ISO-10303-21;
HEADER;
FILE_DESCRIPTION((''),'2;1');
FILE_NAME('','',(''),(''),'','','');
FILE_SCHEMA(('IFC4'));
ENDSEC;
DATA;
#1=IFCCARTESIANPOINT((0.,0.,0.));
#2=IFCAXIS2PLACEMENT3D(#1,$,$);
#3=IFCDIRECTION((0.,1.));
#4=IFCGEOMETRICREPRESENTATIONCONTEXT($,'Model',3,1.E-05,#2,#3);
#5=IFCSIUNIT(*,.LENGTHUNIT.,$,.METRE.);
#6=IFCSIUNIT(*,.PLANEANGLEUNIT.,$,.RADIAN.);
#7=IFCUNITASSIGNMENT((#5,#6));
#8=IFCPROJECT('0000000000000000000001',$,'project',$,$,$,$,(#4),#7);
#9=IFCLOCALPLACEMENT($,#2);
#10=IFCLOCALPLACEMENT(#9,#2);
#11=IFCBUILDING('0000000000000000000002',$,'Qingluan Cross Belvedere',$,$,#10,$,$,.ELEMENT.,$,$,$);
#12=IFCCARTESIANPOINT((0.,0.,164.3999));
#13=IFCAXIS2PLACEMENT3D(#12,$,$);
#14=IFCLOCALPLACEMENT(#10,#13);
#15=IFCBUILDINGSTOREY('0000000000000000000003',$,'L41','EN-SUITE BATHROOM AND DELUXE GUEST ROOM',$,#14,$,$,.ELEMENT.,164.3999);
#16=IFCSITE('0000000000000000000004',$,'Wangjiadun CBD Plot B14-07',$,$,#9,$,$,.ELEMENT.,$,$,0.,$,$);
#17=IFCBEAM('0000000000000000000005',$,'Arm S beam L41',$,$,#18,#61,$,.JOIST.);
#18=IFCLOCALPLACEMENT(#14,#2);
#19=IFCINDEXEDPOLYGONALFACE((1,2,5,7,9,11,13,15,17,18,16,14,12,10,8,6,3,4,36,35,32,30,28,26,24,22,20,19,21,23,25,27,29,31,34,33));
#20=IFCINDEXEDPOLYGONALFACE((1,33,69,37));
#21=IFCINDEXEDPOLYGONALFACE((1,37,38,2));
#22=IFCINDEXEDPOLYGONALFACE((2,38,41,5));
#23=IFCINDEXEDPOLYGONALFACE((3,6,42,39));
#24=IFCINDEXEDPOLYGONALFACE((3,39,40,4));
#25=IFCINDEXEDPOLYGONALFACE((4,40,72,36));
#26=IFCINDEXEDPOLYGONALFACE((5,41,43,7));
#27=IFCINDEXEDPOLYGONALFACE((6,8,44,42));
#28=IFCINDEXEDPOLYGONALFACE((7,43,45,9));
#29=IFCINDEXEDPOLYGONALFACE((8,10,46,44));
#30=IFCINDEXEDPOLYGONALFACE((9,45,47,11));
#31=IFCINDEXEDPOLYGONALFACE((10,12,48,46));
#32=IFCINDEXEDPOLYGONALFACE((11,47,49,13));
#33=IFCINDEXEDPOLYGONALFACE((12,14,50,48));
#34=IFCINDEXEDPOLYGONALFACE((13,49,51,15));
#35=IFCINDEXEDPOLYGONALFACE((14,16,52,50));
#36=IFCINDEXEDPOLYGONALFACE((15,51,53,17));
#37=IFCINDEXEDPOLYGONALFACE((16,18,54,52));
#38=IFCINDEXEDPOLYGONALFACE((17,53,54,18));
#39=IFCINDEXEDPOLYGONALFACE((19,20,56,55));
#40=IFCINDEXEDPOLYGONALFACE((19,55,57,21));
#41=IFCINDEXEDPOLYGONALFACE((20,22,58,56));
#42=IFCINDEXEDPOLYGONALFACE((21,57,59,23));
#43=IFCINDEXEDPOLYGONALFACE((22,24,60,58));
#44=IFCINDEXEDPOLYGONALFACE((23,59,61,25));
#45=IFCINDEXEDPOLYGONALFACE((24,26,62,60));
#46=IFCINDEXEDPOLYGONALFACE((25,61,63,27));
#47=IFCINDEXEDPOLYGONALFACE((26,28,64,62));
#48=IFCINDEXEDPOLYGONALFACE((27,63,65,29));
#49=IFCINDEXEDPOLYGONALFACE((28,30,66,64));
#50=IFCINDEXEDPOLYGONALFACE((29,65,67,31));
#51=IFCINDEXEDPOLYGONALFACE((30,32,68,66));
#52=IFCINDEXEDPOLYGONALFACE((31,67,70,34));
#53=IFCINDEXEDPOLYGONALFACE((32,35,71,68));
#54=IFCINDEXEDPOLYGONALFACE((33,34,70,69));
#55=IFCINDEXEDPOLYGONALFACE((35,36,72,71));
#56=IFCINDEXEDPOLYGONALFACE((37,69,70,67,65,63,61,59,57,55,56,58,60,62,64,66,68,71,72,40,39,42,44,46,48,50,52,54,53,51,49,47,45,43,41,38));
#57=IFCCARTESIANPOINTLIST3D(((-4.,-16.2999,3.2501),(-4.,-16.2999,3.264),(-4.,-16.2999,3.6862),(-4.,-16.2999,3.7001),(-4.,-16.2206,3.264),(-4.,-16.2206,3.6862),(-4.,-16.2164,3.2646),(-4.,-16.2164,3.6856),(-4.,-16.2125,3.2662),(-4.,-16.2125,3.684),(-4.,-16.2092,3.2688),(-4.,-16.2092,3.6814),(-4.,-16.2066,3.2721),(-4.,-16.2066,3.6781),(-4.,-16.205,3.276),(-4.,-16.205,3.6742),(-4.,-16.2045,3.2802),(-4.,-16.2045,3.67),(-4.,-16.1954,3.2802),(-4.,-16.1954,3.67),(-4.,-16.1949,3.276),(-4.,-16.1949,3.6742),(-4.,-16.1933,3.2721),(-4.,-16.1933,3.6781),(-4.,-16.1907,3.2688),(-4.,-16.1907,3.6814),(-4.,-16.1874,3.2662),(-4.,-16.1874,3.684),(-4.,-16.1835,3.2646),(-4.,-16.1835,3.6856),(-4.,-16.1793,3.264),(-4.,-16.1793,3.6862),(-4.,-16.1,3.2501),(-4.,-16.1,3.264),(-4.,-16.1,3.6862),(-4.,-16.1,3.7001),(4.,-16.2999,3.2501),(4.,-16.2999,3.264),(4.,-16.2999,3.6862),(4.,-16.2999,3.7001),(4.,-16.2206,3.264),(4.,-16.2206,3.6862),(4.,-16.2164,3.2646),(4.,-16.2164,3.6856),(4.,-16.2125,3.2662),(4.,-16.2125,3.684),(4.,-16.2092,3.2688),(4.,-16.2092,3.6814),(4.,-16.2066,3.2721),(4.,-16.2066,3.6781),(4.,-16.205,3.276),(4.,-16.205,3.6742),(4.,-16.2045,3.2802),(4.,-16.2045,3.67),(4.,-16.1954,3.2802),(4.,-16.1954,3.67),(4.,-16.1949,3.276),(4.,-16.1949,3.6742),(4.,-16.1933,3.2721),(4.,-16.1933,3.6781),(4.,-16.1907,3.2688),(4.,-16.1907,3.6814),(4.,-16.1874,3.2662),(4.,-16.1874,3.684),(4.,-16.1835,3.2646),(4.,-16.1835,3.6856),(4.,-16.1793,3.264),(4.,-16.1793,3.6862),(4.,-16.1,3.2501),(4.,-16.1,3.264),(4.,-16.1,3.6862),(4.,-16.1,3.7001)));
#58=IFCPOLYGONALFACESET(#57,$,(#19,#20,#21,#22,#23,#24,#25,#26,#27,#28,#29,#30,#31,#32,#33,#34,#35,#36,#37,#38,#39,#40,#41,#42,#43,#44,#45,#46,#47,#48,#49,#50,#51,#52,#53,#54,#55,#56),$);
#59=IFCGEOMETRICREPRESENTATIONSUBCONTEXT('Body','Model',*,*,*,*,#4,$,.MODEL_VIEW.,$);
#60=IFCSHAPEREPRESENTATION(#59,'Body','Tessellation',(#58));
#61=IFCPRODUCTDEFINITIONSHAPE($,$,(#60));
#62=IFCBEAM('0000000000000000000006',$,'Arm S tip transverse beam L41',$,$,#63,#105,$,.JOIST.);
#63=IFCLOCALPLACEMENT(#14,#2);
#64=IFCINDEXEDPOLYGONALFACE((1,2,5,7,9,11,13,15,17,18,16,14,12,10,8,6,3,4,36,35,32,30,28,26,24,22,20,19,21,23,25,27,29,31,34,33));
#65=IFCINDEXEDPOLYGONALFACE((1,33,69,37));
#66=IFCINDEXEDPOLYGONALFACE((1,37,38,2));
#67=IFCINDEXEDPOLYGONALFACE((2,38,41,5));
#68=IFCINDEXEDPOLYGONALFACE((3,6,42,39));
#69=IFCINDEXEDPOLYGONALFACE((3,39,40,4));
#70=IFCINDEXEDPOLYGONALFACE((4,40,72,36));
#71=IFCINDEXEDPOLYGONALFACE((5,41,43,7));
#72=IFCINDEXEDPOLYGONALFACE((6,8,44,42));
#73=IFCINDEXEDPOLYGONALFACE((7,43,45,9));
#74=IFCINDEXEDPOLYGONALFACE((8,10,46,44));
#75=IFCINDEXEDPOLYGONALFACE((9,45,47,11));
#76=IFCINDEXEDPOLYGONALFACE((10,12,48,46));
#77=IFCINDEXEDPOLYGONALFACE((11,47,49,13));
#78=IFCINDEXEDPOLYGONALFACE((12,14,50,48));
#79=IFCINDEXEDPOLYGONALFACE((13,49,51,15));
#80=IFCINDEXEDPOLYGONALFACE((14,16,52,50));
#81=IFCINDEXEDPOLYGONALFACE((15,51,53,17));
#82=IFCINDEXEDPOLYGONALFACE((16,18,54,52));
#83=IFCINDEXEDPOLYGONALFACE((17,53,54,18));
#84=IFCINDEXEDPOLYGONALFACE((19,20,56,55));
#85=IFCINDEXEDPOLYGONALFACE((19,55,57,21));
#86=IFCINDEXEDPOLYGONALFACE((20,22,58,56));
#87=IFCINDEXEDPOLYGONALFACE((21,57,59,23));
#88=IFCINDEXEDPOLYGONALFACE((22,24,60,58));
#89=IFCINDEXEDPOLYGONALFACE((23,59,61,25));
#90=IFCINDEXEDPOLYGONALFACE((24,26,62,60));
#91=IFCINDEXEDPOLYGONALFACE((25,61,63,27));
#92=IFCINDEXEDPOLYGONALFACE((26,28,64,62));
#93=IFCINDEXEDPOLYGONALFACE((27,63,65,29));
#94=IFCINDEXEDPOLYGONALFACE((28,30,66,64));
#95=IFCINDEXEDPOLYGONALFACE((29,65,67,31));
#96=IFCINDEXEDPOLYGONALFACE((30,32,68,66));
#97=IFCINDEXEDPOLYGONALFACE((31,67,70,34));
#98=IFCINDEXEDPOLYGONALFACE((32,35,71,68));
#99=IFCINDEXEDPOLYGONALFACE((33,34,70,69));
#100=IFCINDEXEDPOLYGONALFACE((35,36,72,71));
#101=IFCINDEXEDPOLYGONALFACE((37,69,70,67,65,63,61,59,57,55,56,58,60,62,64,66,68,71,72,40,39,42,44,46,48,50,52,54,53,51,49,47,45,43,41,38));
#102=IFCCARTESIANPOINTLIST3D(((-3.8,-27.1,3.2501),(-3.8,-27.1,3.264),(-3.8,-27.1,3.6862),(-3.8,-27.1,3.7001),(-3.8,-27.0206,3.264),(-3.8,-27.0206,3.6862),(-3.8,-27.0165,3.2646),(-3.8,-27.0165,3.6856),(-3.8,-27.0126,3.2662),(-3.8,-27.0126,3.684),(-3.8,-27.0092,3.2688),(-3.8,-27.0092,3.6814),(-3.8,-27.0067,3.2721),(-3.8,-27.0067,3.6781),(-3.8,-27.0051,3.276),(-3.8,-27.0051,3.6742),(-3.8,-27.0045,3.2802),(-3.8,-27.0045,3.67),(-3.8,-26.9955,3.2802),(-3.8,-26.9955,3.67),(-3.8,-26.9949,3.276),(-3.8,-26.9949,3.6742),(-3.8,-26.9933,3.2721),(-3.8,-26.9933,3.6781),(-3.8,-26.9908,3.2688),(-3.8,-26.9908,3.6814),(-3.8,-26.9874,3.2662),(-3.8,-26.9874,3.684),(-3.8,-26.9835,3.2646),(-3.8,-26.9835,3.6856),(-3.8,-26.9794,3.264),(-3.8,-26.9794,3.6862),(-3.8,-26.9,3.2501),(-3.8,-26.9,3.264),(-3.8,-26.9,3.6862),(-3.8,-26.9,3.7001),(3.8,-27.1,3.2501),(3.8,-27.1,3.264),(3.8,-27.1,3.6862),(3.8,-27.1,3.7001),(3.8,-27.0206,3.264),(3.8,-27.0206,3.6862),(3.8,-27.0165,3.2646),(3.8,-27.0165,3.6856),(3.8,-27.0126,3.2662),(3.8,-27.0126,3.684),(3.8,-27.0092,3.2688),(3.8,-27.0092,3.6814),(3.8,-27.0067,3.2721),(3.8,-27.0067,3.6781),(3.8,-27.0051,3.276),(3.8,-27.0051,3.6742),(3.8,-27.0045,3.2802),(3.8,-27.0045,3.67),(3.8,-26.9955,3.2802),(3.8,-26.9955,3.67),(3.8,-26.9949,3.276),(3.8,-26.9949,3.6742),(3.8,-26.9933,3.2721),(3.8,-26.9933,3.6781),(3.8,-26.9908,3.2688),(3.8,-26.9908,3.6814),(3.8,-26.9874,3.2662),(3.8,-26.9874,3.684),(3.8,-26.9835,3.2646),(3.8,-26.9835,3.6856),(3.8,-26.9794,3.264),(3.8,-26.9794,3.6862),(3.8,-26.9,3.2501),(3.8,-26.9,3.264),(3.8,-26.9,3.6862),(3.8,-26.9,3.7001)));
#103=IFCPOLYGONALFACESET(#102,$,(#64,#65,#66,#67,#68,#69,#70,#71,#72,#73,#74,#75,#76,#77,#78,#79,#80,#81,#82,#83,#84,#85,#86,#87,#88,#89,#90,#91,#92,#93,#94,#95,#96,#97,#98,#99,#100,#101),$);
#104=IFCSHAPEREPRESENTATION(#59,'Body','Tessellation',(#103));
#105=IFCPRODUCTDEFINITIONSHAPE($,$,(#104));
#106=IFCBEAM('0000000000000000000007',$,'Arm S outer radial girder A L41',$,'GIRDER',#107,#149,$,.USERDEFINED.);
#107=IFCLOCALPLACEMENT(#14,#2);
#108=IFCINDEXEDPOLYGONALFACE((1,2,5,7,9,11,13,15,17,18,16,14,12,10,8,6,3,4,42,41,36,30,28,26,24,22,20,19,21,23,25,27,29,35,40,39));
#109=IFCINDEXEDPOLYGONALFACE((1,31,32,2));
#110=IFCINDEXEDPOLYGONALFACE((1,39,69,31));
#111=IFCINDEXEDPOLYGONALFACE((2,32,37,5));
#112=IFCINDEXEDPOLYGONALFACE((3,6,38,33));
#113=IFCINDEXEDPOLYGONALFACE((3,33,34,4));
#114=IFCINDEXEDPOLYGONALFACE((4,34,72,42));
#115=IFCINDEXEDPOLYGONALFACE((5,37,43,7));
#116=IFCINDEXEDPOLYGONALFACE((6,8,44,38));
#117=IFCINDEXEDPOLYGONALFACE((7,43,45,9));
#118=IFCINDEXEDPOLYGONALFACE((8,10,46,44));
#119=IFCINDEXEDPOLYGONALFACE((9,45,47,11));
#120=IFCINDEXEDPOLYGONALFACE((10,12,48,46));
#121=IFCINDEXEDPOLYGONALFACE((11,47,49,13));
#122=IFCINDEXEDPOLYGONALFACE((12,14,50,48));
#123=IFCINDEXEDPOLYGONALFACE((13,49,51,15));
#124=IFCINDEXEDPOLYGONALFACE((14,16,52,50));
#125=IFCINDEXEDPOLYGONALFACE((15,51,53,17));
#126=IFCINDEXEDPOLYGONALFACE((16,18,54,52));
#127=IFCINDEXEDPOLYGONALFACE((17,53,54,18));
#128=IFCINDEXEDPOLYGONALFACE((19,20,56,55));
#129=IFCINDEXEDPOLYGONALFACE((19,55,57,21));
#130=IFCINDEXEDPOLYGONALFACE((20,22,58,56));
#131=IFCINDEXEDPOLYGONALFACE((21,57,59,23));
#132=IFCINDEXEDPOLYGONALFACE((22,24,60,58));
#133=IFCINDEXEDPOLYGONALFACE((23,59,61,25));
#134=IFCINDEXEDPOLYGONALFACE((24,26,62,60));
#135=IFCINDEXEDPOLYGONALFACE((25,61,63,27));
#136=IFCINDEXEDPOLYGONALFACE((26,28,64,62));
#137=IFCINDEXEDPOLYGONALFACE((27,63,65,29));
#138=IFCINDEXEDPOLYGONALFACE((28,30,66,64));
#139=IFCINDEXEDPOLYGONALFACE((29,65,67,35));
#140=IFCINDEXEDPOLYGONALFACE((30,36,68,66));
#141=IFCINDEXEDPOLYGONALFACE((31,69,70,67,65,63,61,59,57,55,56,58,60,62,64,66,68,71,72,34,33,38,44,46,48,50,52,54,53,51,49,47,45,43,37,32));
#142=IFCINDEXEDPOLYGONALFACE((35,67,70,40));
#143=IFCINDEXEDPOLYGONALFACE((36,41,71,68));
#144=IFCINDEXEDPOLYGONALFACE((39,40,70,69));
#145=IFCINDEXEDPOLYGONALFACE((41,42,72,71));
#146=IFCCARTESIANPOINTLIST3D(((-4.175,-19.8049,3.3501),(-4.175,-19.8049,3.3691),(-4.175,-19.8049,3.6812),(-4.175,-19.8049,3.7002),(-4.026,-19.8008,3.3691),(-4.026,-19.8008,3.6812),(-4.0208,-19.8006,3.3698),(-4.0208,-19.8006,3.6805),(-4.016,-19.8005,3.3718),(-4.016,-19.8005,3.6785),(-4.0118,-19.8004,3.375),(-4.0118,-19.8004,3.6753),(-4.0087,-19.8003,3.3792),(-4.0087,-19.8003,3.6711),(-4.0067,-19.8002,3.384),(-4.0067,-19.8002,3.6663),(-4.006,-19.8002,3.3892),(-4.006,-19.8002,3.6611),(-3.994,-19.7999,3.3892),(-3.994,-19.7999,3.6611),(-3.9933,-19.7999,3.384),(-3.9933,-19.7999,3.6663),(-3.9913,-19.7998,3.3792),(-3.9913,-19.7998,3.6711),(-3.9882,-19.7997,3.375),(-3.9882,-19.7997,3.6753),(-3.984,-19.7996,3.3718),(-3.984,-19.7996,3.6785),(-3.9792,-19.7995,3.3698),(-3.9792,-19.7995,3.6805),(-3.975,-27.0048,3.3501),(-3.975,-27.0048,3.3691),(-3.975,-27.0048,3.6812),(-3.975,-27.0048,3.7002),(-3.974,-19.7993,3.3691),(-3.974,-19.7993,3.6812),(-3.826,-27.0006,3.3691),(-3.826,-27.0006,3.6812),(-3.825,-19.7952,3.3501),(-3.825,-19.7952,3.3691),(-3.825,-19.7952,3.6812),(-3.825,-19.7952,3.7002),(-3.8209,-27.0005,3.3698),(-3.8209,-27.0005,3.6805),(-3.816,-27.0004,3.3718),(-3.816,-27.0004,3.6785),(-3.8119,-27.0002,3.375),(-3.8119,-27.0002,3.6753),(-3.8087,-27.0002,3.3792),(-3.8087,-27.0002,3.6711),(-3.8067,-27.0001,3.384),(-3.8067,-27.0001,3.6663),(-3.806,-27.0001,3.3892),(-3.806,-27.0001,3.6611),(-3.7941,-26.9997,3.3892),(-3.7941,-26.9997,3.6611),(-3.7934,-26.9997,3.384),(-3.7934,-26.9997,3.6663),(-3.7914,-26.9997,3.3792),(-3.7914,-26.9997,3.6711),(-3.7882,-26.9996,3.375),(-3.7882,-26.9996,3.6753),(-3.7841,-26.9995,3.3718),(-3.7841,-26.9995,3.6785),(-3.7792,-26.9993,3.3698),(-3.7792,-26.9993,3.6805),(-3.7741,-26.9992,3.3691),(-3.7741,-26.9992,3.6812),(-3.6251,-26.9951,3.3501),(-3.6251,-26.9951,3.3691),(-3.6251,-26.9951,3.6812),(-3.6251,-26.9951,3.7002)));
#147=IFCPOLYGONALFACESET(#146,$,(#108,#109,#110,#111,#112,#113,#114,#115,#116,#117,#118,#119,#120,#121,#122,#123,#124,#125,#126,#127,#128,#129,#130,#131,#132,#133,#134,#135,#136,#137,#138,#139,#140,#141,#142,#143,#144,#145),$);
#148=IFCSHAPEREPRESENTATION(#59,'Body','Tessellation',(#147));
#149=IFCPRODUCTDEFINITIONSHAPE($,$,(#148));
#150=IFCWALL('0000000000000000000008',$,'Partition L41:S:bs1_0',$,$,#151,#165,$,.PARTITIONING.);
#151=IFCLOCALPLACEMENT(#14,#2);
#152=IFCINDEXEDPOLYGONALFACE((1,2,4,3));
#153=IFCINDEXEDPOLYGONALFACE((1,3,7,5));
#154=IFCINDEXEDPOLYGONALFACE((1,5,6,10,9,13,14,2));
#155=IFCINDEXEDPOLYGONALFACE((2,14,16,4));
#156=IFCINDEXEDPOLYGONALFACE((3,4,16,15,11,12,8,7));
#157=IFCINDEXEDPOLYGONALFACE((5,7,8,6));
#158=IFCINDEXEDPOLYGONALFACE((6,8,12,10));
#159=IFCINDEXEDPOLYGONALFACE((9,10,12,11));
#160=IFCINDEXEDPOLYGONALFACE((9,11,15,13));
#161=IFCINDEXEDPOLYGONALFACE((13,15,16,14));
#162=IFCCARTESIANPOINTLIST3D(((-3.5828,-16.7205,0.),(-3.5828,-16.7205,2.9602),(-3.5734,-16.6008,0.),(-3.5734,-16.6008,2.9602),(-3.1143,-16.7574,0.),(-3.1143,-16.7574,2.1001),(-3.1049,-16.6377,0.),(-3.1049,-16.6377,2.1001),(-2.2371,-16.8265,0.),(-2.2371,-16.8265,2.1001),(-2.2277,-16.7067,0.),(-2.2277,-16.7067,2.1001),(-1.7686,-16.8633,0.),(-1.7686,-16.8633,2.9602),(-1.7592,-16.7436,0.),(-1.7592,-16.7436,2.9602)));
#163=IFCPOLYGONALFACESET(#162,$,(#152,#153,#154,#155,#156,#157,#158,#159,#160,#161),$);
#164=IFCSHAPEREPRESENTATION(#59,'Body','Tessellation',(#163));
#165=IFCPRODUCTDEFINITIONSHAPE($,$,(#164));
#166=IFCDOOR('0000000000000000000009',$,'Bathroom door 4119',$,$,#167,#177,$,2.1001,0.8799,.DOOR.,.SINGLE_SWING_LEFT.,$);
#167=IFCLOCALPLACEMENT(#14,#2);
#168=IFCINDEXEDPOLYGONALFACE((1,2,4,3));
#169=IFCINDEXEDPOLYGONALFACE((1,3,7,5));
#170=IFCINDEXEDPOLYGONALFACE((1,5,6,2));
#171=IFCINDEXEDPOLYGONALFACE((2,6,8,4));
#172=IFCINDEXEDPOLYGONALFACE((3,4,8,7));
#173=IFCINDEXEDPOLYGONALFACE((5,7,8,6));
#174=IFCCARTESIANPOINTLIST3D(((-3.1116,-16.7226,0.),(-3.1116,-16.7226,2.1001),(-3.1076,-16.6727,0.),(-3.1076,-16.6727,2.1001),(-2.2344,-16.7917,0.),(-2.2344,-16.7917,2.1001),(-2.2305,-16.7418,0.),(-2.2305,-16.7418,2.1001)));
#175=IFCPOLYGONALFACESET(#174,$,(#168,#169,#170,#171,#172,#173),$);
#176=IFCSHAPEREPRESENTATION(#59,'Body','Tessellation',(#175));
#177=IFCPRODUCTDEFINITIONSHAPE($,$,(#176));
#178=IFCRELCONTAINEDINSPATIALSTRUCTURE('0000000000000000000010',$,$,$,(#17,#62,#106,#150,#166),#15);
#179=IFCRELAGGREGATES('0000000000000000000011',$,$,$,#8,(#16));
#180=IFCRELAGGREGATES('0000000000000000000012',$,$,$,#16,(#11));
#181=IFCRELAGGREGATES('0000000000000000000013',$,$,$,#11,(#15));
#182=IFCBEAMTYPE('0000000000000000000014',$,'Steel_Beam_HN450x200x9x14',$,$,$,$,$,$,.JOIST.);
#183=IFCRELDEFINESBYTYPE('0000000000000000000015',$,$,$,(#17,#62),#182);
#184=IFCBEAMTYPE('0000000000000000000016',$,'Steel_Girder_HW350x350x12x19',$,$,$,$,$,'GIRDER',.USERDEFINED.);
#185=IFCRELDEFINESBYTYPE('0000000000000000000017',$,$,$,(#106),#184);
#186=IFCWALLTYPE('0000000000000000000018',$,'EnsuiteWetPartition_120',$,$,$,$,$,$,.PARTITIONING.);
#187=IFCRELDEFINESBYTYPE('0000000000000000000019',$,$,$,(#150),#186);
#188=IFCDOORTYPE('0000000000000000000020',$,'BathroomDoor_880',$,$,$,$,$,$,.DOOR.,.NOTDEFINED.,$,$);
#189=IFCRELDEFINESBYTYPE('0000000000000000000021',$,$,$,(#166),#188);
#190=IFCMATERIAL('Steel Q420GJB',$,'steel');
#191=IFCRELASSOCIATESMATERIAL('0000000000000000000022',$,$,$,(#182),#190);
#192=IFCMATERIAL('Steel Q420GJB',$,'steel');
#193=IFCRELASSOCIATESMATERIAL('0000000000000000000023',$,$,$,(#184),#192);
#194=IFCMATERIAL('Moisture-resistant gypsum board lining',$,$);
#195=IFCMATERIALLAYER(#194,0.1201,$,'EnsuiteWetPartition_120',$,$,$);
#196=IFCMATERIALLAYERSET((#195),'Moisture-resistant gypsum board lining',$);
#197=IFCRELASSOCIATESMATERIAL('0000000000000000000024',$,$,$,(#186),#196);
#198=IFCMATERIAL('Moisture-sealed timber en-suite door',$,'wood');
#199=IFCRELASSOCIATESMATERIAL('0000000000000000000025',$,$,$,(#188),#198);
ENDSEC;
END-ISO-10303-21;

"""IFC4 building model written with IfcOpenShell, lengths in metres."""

from ifc_helpers import new_model, si_unit, direction, frame, frame_2d, origin, origin_2d, place, context, subcontext, project, spatial, rectangle, i_section, extrude, material, layer, layer_set, material_profile, profile_set, type_object, element, fill, save


model = new_model("IFC4")

# Units and contexts
model_context = context("Model", 3, precision=1e-05, world=origin(), true_north=direction((0.0, 1.0)))
body_context = subcontext(model_context, "Body", "Model", "MODEL_VIEW")
ifc_project = project(units=[si_unit("LENGTHUNIT", "METRE"), si_unit("PLANEANGLEUNIT", "RADIAN")], contexts=[model_context])

# Site, building, storey
site_placement = place(None, origin())
site = spatial("IfcSite", under=ifc_project, at=site_placement, Name="Wangjiadun CBD Plot B14-07", CompositionType="ELEMENT", RefElevation=0.0)
building_placement = place(site_placement, origin())
building = spatial("IfcBuilding", under=site, at=building_placement, Name="Qingluan Cross Belvedere", CompositionType="ELEMENT")
storey_placement = place(building_placement, frame((0.0, 0.0, 164.3999)))
storey = spatial("IfcBuildingStorey", under=building, at=storey_placement, Name="L41", Description="EN-SUITE BATHROOM AND DELUXE GUEST ROOM", CompositionType="ELEMENT", Elevation=164.3999)

# Beams
ifc_material_1 = material(Name="Steel Q420GJB", Category="steel")
ifc_material_profile_1 = material_profile(ifc_material_1, i_section(OverallWidth=0.2, OverallDepth=0.45, WebThickness=0.009, FlangeThickness=0.0139, FilletRadius=0.0161, at=origin_2d()), Name="HN450x200x9x14")
ifc_profile_set_1 = profile_set([ifc_material_profile_1], Name="Steel Q420GJB")
beam_type_1 = type_object("IfcBeamType", Name="Steel_Beam_HN450x200x9x14", PredefinedType="JOIST", material=ifc_profile_set_1)
for number, where, z_axis, x_axis, name in (
    (1, (-4.0, -16.2, 3.4751), (1.0, 0.0, 0.0), (0.0, 1.0, 0.0), "Arm S beam L41"),
):
    element("IfcBeam", number, at=place(storey_placement, frame(where, z_axis=z_axis, x_axis=x_axis)), inside=storey, type_object=beam_type_1, Name=name, PredefinedType="JOIST", context=body_context, shape_type="SweptSolid", body=[
        extrude(i_section(OverallWidth=0.2, OverallDepth=0.45, WebThickness=0.009, FlangeThickness=0.0139, FilletRadius=0.0161, at=origin_2d()), origin(), (0.0, 0.0, 1.0), 8.0),
    ])
beam_1_placement = place(storey_placement, frame((-3.8, -27.0, 3.4751), z_axis=(1.0, 0.0, 0.0), x_axis=(0.0, 1.0, 0.0)))
element("IfcBeam", 2, at=beam_1_placement, inside=storey, type_object=beam_type_1, Name="Arm S tip transverse beam L41", PredefinedType="JOIST", context=body_context, shape_type="SweptSolid", body=[
    extrude(i_section(OverallWidth=0.2, OverallDepth=0.45, WebThickness=0.009, FlangeThickness=0.0139, FilletRadius=0.0161, at=origin_2d()), origin(), (0.0, 0.0, 1.0), 7.6001),
])
ifc_material_2 = material(Name="Steel Q420GJB", Category="steel")
ifc_material_profile_2 = material_profile(ifc_material_2, i_section(OverallWidth=0.3501, OverallDepth=0.3501, WebThickness=0.012, FlangeThickness=0.019, FilletRadius=0.02, at=origin_2d()), Name="HW350x350x12x19")
ifc_profile_set_2 = profile_set([ifc_material_profile_2], Name="Steel Q420GJB")
beam_type_2 = type_object("IfcBeamType", Name="Steel_Girder_HW350x350x12x19", ElementType="GIRDER", PredefinedType="USERDEFINED", material=ifc_profile_set_2)
beam_2_placement = place(storey_placement, frame((-4.0, -19.8, 3.5251), z_axis=(0.02776, -0.999615, 0.0), x_axis=(0.999615, 0.02776, 0.0)))
element("IfcBeam", 3, at=beam_2_placement, inside=storey, type_object=beam_type_2, Name="Arm S outer radial girder A L41", ObjectType="GIRDER", PredefinedType="USERDEFINED", context=body_context, shape_type="SweptSolid", body=[
    extrude(i_section(OverallWidth=0.3501, OverallDepth=0.3501, WebThickness=0.012, FlangeThickness=0.019, FilletRadius=0.02, at=origin_2d()), origin(), (0.0, 0.0, 1.0), 7.2026),
])

# Wall, opening, door
ifc_material_3 = material(Name="Moisture-resistant gypsum board lining")
ifc_layer_1 = layer(ifc_material_3, 0.1201, Name="EnsuiteWetPartition_120")
ifc_layer_set_1 = layer_set([ifc_layer_1], Name="Moisture-resistant gypsum board lining")
wall_type_1 = type_object("IfcWallType", Name="EnsuiteWetPartition_120", PredefinedType="PARTITIONING", material=ifc_layer_set_1)
wall_1_placement = place(storey_placement, frame((-3.5781, -16.6606, 0.0), z_axis=(0.0, 0.0, 1.0), x_axis=(0.996916, -0.078481, 0.0)))
wall_1 = element("IfcWall", 4, at=wall_1_placement, inside=storey, type_object=wall_type_1, Name="Partition L41:S:bs1_0", PredefinedType="PARTITIONING", context=body_context, shape_type="SweptSolid", body=[
    extrude(rectangle(XDim=1.8198, YDim=0.1201, at=frame_2d((0.9099, 0.0))), origin(), (0.0, 0.0, 1.0), 2.9602),
])
opening_1_placement = place(wall_1_placement, frame((0.47, 0.0, 0.0)))
opening_1 = element("IfcOpeningElement", 5, at=opening_1_placement, cuts=wall_1, PredefinedType="OPENING", context=body_context, shape_type="SweptSolid", body=[
    extrude(rectangle(XDim=0.8799, YDim=2.1001, at=frame_2d((0.4399, 1.05))), frame((0.0, 0.0701, 0.0), z_axis=(0.0, -1.0, 0.0), x_axis=(1.0, 0.0, 0.0)), (0.0, 0.0, 1.0), 0.1401),
])
ifc_material_4 = material(Name="Moisture-sealed timber en-suite door", Category="wood")
door_type = type_object("IfcDoorType", Name="BathroomDoor_880", OperationType="NOTDEFINED", PredefinedType="DOOR", material=ifc_material_4)
door_1_placement = place(opening_1_placement, origin())
door_1 = element("IfcDoor", 6, at=door_1_placement, inside=storey, type_object=door_type, Name="Bathroom door 4119", OperationType="SINGLE_SWING_LEFT", OverallHeight=2.1001, OverallWidth=0.8799, PredefinedType="DOOR", context=body_context, shape_type="SweptSolid", body=[
    extrude(rectangle(XDim=0.8799, YDim=2.1001, at=frame_2d((0.4399, 1.05))), frame((0.0, 0.0249, 0.0), z_axis=(0.0, -1.0, 0.0), x_axis=(1.0, 0.0, 0.0)), (0.0, 0.0, 1.0), 0.05),
])
fill(opening_1, door_1)

save(model, "model.ifc")
